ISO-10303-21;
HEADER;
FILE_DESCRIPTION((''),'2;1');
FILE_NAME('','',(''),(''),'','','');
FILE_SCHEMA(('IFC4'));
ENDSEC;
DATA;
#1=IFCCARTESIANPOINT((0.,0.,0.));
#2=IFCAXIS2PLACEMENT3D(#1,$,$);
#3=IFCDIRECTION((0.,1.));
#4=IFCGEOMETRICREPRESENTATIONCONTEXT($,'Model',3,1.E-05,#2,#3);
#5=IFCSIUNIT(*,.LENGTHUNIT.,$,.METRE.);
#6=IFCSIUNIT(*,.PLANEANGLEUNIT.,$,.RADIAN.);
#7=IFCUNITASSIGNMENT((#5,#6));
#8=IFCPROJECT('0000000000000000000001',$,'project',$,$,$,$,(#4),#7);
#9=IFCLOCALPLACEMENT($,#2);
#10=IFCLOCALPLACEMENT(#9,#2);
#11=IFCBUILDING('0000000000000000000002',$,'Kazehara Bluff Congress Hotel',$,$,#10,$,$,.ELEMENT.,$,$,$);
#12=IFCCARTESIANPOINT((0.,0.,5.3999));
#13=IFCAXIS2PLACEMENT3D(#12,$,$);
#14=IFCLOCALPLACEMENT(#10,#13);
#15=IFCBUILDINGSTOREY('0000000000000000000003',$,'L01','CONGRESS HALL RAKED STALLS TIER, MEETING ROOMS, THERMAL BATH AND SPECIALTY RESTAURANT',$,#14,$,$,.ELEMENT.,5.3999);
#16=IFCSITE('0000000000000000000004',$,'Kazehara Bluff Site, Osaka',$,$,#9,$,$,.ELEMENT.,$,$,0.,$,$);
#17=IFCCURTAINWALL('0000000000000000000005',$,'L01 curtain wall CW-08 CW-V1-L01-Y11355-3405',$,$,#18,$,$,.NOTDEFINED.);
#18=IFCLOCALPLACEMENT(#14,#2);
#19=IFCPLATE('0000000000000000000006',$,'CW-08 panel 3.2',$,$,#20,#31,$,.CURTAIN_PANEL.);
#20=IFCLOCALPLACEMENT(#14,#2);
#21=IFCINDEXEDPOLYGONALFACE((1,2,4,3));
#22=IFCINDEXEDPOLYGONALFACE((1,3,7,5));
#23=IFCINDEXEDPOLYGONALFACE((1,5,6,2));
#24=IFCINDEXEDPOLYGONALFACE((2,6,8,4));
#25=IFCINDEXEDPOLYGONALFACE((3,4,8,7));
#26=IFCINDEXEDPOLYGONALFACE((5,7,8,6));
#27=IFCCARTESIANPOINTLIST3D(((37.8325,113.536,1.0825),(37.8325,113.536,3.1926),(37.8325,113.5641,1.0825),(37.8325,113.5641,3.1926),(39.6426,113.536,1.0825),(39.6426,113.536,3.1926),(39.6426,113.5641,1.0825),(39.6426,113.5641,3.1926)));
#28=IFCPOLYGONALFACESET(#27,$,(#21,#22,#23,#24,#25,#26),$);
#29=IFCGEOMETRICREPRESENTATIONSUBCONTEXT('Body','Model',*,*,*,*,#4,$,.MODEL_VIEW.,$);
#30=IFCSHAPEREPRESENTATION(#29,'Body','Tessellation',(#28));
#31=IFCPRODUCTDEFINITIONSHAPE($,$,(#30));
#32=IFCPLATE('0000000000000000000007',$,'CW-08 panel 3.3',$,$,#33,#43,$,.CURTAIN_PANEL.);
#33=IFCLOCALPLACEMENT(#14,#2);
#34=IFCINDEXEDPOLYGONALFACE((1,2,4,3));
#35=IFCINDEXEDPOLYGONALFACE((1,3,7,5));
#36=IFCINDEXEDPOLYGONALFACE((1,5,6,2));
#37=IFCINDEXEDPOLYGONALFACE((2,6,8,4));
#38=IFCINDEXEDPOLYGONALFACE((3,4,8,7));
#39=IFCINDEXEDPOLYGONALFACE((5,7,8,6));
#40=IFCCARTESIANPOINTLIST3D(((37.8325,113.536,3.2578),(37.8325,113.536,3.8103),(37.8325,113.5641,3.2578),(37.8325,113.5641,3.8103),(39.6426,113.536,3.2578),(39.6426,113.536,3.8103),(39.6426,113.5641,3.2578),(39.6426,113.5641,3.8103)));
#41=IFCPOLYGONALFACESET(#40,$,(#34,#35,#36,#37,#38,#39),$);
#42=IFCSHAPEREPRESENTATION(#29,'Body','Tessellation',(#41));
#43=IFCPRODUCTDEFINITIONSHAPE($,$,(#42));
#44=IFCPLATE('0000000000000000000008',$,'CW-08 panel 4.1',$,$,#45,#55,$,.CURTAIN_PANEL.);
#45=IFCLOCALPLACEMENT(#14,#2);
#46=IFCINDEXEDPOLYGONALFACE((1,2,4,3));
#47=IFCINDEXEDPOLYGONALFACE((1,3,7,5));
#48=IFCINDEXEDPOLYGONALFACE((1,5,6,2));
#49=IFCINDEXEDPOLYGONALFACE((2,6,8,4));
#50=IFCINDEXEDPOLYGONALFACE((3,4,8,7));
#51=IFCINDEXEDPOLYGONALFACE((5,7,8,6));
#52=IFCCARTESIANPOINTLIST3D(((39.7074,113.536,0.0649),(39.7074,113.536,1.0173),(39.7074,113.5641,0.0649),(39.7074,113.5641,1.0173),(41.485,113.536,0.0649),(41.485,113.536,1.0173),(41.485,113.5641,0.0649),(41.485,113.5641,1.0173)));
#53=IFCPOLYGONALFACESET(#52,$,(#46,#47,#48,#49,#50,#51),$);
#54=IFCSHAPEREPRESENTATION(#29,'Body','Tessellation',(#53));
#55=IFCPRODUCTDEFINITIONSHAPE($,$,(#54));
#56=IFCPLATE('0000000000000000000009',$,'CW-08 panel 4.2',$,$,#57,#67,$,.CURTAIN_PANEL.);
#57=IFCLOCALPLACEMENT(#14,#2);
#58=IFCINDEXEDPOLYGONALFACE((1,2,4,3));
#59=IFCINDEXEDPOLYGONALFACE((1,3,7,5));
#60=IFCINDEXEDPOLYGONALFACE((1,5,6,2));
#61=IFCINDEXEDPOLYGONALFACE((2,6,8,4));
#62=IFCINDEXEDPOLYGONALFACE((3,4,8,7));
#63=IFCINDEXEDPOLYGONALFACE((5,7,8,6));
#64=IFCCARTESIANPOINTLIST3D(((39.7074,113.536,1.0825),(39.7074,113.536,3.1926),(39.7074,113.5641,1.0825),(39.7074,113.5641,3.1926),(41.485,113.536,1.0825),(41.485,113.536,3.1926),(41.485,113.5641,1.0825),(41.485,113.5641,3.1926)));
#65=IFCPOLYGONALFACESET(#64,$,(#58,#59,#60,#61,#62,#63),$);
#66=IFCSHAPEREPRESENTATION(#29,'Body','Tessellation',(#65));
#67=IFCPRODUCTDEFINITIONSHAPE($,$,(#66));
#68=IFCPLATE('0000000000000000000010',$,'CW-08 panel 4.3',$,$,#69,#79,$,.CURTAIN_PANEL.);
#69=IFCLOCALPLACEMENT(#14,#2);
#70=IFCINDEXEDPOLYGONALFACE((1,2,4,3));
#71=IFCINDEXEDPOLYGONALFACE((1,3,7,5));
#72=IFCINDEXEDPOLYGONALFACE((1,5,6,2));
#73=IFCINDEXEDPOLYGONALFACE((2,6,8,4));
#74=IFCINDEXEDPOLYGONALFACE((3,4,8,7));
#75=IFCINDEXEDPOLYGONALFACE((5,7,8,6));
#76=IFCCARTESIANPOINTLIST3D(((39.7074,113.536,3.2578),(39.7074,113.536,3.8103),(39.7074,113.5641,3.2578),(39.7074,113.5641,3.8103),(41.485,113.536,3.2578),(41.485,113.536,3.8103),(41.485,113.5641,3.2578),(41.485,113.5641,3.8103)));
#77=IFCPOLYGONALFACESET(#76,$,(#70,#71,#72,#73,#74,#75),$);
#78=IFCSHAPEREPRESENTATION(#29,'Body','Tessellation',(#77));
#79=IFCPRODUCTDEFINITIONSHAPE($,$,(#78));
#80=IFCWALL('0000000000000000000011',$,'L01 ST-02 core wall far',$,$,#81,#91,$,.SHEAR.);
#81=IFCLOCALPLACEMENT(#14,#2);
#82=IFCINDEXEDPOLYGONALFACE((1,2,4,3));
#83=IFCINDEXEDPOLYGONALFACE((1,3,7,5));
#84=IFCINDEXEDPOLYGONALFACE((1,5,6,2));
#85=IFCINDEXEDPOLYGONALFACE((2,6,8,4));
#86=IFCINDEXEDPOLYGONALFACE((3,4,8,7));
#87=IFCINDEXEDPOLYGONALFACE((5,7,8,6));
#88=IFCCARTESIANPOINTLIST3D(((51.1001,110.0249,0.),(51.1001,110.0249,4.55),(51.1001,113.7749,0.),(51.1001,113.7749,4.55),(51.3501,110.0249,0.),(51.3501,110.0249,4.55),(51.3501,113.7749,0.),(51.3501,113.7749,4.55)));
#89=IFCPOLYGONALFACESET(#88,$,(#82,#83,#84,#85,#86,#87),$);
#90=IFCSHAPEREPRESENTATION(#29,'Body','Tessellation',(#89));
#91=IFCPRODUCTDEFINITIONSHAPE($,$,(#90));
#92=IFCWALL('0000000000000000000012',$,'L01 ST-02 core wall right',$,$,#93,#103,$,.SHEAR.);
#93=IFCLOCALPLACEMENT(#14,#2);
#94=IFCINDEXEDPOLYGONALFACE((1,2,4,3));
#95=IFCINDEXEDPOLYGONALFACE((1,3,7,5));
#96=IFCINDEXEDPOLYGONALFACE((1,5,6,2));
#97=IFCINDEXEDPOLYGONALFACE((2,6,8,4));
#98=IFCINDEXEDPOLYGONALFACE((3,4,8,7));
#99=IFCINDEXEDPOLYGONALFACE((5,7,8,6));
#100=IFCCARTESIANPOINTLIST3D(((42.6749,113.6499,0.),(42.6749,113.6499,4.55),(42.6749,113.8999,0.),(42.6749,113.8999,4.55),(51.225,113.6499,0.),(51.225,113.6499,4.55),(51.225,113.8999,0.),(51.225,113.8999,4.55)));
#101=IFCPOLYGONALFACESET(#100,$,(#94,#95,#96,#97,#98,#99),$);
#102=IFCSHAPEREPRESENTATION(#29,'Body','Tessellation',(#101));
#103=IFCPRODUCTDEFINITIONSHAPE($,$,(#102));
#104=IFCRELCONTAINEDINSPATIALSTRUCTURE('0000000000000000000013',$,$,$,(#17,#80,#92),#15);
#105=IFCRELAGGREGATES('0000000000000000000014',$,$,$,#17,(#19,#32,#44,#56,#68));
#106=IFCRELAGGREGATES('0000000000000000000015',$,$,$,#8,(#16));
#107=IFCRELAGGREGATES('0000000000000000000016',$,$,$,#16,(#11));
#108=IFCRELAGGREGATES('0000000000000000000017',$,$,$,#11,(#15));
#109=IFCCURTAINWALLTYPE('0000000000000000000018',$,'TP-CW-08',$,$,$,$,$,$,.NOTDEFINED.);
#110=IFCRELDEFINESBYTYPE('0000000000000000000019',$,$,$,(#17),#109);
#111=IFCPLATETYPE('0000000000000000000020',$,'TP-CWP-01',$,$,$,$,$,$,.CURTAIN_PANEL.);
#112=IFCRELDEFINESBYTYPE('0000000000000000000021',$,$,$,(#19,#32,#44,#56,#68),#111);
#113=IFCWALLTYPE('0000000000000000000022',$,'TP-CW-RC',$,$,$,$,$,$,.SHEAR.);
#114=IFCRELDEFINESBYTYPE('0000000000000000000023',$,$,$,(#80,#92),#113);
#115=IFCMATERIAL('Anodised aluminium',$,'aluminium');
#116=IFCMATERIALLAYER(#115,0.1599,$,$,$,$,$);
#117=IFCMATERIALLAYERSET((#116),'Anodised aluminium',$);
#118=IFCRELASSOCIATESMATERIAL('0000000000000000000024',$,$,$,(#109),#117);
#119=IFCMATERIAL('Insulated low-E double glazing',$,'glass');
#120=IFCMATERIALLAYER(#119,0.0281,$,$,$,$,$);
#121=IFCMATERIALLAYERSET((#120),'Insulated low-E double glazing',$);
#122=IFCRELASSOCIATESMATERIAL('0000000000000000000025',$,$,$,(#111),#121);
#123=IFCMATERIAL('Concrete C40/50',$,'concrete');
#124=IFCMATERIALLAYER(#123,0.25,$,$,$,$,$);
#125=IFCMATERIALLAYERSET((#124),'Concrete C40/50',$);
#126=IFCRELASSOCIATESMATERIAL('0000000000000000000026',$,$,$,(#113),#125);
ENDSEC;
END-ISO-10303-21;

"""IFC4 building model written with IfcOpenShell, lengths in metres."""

from ifc_helpers import new_model, si_unit, direction, frame, frame_2d, origin, origin_2d, place, context, subcontext, project, spatial, rectangle, extrude, material, layer, layer_set, type_object, element, aggregate, save


model = new_model("IFC4")

# Units and contexts
model_context = context("Model", 3, precision=1e-05, world=origin(), true_north=direction((0.0, 1.0)))
body_context = subcontext(model_context, "Body", "Model", "MODEL_VIEW")
ifc_project = project(units=[si_unit("LENGTHUNIT", "METRE"), si_unit("PLANEANGLEUNIT", "RADIAN")], contexts=[model_context])

# Site, building, storey
site_placement = place(None, origin())
site = spatial("IfcSite", under=ifc_project, at=site_placement, Name="Kazehara Bluff Site, Osaka", CompositionType="ELEMENT", RefElevation=0.0)
building_placement = place(site_placement, origin())
building = spatial("IfcBuilding", under=site, at=building_placement, Name="Kazehara Bluff Congress Hotel", CompositionType="ELEMENT")
storey_placement = place(building_placement, frame((0.0, 0.0, 5.3999)))
storey = spatial("IfcBuildingStorey", under=building, at=storey_placement, Name="L01", Description="CONGRESS HALL RAKED STALLS TIER, MEETING ROOMS, THERMAL BATH AND SPECIALTY RESTAURANT", CompositionType="ELEMENT", Elevation=5.3999)

# Curtain wall
ifc_material_1 = material(Name="Anodised aluminium", Category="aluminium")
ifc_layer_1 = layer(ifc_material_1, 0.1599)
ifc_layer_set_1 = layer_set([ifc_layer_1], Name="Anodised aluminium")
curtain_wall_type_1 = type_object("IfcCurtainWallType", Name="TP-CW-08", PredefinedType="NOTDEFINED", material=ifc_layer_set_1)
curtain_wall_1_placement = place(storey_placement, origin())
curtain_wall_1 = element("IfcCurtainWall", 1, at=curtain_wall_1_placement, inside=storey, type_object=curtain_wall_type_1, Name="L01 curtain wall CW-08 CW-V1-L01-Y11355-3405", PredefinedType="NOTDEFINED")

# Plates
ifc_material_2 = material(Name="Insulated low-E double glazing", Category="glass")
ifc_layer_2 = layer(ifc_material_2, 0.0281)
ifc_layer_set_2 = layer_set([ifc_layer_2], Name="Insulated low-E double glazing")
plate_type = type_object("IfcPlateType", Name="TP-CWP-01", PredefinedType="CURTAIN_PANEL", material=ifc_layer_set_2)
plate_1_placement = place(storey_placement, frame((38.7375, 113.55, 1.0825), z_axis=(0.0, 0.0, 1.0), x_axis=(1.0, 0.0, 0.0)))
plate_1 = element("IfcPlate", 2, at=plate_1_placement, type_object=plate_type, Name="CW-08 panel 3.2", PredefinedType="CURTAIN_PANEL", context=body_context, shape_type="SweptSolid", body=[
    extrude(rectangle(XDim=1.8101, YDim=0.0281, at=origin_2d()), origin(), (0.0, 0.0, 1.0), 2.1101),
])
plate_2_placement = place(storey_placement, frame((38.7375, 113.55, 3.2578), z_axis=(0.0, 0.0, 1.0), x_axis=(1.0, 0.0, 0.0)))
plate_2 = element("IfcPlate", 3, at=plate_2_placement, type_object=plate_type, Name="CW-08 panel 3.3", PredefinedType="CURTAIN_PANEL", context=body_context, shape_type="SweptSolid", body=[
    extrude(rectangle(XDim=1.8101, YDim=0.0281, at=origin_2d()), origin(), (0.0, 0.0, 1.0), 0.5525),
])
plate_3_placement = place(storey_placement, frame((40.5962, 113.55, 0.0649), z_axis=(0.0, 0.0, 1.0), x_axis=(1.0, 0.0, 0.0)))
plate_3 = element("IfcPlate", 4, at=plate_3_placement, type_object=plate_type, Name="CW-08 panel 4.1", PredefinedType="CURTAIN_PANEL", context=body_context, shape_type="SweptSolid", body=[
    extrude(rectangle(XDim=1.7776, YDim=0.0281, at=origin_2d()), origin(), (0.0, 0.0, 1.0), 0.9524),
])
plate_4_placement = place(storey_placement, frame((40.5962, 113.55, 1.0825), z_axis=(0.0, 0.0, 1.0), x_axis=(1.0, 0.0, 0.0)))
plate_4 = element("IfcPlate", 5, at=plate_4_placement, type_object=plate_type, Name="CW-08 panel 4.2", PredefinedType="CURTAIN_PANEL", context=body_context, shape_type="SweptSolid", body=[
    extrude(rectangle(XDim=1.7776, YDim=0.0281, at=origin_2d()), origin(), (0.0, 0.0, 1.0), 2.1101),
])
plate_5_placement = place(storey_placement, frame((40.5962, 113.55, 3.2578), z_axis=(0.0, 0.0, 1.0), x_axis=(1.0, 0.0, 0.0)))
plate_5 = element("IfcPlate", 6, at=plate_5_placement, type_object=plate_type, Name="CW-08 panel 4.3", PredefinedType="CURTAIN_PANEL", context=body_context, shape_type="SweptSolid", body=[
    extrude(rectangle(XDim=1.7776, YDim=0.0281, at=origin_2d()), origin(), (0.0, 0.0, 1.0), 0.5525),
])
aggregate(curtain_wall_1, [plate_1, plate_2, plate_3, plate_4, plate_5])

# Walls
ifc_material_3 = material(Name="Concrete C40/50", Category="concrete")
ifc_layer_3 = layer(ifc_material_3, 0.25)
ifc_layer_set_3 = layer_set([ifc_layer_3], Name="Concrete C40/50")
wall_type = type_object("IfcWallType", Name="TP-CW-RC", PredefinedType="SHEAR", material=ifc_layer_set_3)
wall_1_placement = place(storey_placement, frame((51.2251, 113.7749, 0.0), z_axis=(0.0, 0.0, 1.0), x_axis=(0.0, -1.0, 0.0)))
element("IfcWall", 7, at=wall_1_placement, inside=storey, type_object=wall_type, Name="L01 ST-02 core wall far", PredefinedType="SHEAR", context=body_context, shape_type="SweptSolid", body=[
    extrude(rectangle(XDim=3.75, YDim=0.25, at=frame_2d((1.875, 0.0))), origin(), (0.0, 0.0, 1.0), 4.55),
])
wall_2_placement = place(storey_placement, frame((42.675, 113.7749, 0.0), z_axis=(0.0, 0.0, 1.0), x_axis=(1.0, 0.0, 0.0)))
element("IfcWall", 8, at=wall_2_placement, inside=storey, type_object=wall_type, Name="L01 ST-02 core wall right", PredefinedType="SHEAR", context=body_context, shape_type="SweptSolid", body=[
    extrude(rectangle(XDim=8.55, YDim=0.25, at=frame_2d((4.2749, 0.0))), origin(), (0.0, 0.0, 1.0), 4.55),
])

save(model, "model.ifc")
